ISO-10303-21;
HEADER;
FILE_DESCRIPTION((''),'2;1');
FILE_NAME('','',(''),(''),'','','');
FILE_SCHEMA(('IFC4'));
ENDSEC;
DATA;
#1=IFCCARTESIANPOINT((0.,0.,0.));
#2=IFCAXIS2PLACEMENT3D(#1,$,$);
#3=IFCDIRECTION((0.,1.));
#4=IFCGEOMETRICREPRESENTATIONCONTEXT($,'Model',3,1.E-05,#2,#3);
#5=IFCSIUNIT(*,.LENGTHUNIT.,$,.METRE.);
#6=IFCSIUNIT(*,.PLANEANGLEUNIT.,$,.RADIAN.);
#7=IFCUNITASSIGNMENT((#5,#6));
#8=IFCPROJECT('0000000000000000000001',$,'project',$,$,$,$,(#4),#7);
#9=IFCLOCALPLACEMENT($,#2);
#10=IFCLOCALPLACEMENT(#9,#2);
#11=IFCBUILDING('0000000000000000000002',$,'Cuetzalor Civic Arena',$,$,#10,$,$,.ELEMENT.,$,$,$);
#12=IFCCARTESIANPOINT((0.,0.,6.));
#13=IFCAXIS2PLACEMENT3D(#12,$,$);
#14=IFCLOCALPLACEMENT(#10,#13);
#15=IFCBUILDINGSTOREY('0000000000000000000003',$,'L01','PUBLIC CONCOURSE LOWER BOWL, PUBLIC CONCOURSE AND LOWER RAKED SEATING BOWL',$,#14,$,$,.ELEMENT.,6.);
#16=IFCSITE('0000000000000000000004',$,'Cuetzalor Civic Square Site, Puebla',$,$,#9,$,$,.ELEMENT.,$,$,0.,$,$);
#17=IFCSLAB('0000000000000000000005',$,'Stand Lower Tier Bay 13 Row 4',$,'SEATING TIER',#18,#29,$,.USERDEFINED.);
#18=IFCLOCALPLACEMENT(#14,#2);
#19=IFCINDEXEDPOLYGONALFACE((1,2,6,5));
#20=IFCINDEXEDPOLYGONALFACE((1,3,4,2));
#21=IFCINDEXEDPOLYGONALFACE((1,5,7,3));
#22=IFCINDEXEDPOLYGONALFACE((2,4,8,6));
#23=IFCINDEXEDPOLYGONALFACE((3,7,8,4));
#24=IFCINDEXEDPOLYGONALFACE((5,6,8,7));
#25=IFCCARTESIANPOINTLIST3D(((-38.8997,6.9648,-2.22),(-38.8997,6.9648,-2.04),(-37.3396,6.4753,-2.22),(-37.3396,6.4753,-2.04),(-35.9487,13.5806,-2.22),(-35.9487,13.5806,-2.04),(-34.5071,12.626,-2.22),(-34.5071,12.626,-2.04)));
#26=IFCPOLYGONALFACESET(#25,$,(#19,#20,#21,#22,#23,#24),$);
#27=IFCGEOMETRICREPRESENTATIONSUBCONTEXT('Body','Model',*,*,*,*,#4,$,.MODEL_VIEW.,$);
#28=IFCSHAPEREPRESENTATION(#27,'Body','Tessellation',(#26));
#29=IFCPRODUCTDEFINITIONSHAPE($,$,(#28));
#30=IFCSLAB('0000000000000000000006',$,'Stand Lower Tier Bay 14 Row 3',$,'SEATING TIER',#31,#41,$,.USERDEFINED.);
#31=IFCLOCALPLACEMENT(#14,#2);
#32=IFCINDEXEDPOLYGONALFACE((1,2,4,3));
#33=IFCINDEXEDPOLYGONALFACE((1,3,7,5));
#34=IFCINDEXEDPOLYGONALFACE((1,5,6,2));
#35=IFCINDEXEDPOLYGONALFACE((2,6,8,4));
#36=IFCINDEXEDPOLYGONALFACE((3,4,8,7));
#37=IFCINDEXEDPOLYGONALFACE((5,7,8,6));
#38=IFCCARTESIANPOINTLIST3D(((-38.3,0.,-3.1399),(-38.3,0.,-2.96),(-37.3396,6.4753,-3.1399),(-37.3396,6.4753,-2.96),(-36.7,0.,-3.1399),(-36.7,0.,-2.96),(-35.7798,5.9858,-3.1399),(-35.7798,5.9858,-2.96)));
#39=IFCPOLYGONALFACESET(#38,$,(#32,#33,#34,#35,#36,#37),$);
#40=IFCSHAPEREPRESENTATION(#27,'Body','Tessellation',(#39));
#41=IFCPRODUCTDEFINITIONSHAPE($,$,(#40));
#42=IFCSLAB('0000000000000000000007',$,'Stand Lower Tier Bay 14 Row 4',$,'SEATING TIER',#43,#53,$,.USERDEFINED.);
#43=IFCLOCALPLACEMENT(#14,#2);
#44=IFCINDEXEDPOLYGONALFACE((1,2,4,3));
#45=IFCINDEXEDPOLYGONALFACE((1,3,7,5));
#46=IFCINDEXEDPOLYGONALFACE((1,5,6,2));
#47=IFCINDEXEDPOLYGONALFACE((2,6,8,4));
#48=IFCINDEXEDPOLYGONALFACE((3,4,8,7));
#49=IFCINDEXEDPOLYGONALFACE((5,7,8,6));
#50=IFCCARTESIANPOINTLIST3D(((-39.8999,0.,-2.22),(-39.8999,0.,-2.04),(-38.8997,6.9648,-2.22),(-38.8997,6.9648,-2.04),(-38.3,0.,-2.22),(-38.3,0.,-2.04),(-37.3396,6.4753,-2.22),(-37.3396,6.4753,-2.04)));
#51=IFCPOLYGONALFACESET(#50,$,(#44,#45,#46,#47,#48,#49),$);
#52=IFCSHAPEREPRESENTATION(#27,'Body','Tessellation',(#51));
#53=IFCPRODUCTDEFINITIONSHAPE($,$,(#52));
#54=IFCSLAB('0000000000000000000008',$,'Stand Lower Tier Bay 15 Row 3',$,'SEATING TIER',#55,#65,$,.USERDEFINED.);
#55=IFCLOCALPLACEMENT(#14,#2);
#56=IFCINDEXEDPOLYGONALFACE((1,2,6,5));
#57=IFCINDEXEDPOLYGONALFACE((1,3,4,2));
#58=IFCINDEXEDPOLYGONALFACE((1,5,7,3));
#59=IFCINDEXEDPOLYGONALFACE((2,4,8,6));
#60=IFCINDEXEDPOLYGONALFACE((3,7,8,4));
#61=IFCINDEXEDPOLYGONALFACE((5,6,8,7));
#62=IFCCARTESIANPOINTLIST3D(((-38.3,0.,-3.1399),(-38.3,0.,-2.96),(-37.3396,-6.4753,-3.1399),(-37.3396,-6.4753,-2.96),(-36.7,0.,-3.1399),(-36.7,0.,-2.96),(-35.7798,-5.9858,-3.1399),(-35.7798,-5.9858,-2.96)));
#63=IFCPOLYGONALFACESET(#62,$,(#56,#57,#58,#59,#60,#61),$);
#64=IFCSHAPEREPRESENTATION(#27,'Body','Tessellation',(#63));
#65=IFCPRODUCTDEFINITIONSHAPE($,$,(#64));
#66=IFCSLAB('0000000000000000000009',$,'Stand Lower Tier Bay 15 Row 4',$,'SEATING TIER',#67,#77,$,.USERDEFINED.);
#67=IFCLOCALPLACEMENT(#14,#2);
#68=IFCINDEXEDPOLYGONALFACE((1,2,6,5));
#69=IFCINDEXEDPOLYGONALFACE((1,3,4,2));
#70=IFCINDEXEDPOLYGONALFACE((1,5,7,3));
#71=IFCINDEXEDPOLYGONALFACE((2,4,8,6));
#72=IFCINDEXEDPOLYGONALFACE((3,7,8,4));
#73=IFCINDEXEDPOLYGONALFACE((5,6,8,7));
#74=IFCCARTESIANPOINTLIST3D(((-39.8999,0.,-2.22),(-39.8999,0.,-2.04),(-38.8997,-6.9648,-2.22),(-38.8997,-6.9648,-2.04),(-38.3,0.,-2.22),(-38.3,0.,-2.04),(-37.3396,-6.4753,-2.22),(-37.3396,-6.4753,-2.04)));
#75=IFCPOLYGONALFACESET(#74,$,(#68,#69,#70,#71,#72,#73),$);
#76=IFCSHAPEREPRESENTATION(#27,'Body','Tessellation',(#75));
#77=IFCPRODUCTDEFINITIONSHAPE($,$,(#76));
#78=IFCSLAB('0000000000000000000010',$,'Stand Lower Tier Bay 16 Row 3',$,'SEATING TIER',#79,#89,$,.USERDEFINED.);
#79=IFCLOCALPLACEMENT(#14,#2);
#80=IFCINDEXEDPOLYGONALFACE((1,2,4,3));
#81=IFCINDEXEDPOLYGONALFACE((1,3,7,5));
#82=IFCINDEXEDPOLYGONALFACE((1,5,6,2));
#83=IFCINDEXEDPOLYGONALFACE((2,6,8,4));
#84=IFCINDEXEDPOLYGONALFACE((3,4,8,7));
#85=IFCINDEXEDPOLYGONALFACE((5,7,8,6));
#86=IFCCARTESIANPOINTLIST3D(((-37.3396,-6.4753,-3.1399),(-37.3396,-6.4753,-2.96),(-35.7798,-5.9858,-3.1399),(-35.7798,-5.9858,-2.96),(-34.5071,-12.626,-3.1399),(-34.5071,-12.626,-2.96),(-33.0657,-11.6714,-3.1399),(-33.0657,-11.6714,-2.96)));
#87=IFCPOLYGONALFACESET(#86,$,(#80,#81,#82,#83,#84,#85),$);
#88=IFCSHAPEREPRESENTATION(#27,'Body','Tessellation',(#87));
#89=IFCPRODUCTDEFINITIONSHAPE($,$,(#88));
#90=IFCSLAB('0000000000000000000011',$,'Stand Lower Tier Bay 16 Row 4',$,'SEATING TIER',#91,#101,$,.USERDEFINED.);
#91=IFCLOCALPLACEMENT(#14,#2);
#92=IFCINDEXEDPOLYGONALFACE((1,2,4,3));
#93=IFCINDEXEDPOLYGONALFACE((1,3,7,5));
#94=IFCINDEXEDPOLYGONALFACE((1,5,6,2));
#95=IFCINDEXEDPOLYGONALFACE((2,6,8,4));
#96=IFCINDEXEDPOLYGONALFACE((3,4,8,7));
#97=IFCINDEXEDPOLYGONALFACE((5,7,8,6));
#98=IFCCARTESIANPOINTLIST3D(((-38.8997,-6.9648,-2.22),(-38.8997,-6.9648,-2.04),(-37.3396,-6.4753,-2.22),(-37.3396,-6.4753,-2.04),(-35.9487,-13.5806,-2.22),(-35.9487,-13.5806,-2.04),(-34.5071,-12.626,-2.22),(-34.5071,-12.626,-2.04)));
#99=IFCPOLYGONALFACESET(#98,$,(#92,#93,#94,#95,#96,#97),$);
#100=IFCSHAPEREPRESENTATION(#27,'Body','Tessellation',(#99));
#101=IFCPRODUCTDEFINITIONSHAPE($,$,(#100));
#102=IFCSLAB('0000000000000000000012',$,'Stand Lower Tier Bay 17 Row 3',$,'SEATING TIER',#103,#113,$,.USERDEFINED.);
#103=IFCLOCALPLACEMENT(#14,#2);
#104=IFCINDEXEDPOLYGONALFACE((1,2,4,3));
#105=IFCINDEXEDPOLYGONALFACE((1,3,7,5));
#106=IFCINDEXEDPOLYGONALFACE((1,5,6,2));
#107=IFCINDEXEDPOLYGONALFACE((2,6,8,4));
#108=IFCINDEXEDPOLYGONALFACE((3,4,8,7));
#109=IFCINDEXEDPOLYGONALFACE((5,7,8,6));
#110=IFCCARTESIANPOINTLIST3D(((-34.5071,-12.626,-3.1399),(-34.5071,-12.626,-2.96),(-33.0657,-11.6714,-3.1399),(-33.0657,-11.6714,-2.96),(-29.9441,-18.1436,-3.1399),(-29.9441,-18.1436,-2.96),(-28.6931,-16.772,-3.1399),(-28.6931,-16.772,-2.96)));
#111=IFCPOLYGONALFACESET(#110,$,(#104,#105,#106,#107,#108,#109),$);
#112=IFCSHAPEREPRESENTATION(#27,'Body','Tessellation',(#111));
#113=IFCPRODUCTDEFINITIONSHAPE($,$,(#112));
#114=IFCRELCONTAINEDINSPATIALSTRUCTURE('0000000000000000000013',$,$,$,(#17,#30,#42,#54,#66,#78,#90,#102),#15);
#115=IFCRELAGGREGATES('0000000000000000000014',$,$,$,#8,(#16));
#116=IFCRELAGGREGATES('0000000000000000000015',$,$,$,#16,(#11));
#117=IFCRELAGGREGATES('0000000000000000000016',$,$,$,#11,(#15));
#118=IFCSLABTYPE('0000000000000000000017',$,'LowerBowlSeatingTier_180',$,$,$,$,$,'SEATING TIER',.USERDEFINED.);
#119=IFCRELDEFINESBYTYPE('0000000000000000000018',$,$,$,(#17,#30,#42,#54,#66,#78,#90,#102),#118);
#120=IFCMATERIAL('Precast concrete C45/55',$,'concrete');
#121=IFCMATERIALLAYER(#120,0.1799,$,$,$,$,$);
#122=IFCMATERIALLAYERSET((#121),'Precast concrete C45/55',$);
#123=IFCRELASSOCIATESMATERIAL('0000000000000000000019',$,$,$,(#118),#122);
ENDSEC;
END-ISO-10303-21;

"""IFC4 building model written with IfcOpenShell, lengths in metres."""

from ifc_helpers import new_model, si_unit, direction, frame, origin, place, context, subcontext, project, spatial, polyline, outline, extrude, material, layer, layer_set, type_object, element, save


model = new_model("IFC4")

# Units and contexts
model_context = context("Model", 3, precision=1e-05, world=origin(), true_north=direction((0.0, 1.0)))
body_context = subcontext(model_context, "Body", "Model", "MODEL_VIEW")
ifc_project = project(units=[si_unit("LENGTHUNIT", "METRE"), si_unit("PLANEANGLEUNIT", "RADIAN")], contexts=[model_context])

# Site, building, storey
site_placement = place(None, origin())
site = spatial("IfcSite", under=ifc_project, at=site_placement, Name="Cuetzalor Civic Square Site, Puebla", CompositionType="ELEMENT", RefElevation=0.0)
building_placement = place(site_placement, origin())
building = spatial("IfcBuilding", under=site, at=building_placement, Name="Cuetzalor Civic Arena", CompositionType="ELEMENT")
storey_placement = place(building_placement, frame((0.0, 0.0, 6.0)))
storey = spatial("IfcBuildingStorey", under=building, at=storey_placement, Name="L01", Description="PUBLIC CONCOURSE LOWER BOWL, PUBLIC CONCOURSE AND LOWER RAKED SEATING BOWL", CompositionType="ELEMENT", Elevation=6.0)

# Slabs
ifc_material = material(Name="Precast concrete C45/55", Category="concrete")
ifc_layer = layer(ifc_material, 0.1799)
ifc_layer_set = layer_set([ifc_layer], Name="Precast concrete C45/55")
slab_type = type_object("IfcSlabType", Name="LowerBowlSeatingTier_180", ElementType="SEATING TIER", PredefinedType="USERDEFINED", material=ifc_layer_set)
slab_1_placement = place(storey_placement, frame((0.0, 0.0, -2.22)))
element("IfcSlab", 1, at=slab_1_placement, inside=storey, type_object=slab_type, Name="Stand Lower Tier Bay 13 Row 4", ObjectType="SEATING TIER", PredefinedType="USERDEFINED", context=body_context, shape_type="SweptSolid", body=[
    extrude(outline(polyline([(-34.5071, 12.626), (-37.3396, 6.4753), (-38.8997, 6.9648), (-35.9487, 13.5806), (-34.5071, 12.626)])), origin(), (0.0, 0.0, 1.0), 0.1799),
])
slab_2_placement = place(storey_placement, frame((0.0, 0.0, -3.1399)))
element("IfcSlab", 2, at=slab_2_placement, inside=storey, type_object=slab_type, Name="Stand Lower Tier Bay 14 Row 3", ObjectType="SEATING TIER", PredefinedType="USERDEFINED", context=body_context, shape_type="SweptSolid", body=[
    extrude(outline(polyline([(-35.7798, 5.9858), (-36.7, 0.0), (-38.3, 0.0), (-37.3396, 6.4753), (-35.7798, 5.9858)])), origin(), (0.0, 0.0, 1.0), 0.1799),
])
slab_3_placement = place(storey_placement, frame((0.0, 0.0, -2.22)))
element("IfcSlab", 3, at=slab_3_placement, inside=storey, type_object=slab_type, Name="Stand Lower Tier Bay 14 Row 4", ObjectType="SEATING TIER", PredefinedType="USERDEFINED", context=body_context, shape_type="SweptSolid", body=[
    extrude(outline(polyline([(-37.3396, 6.4753), (-38.3, 0.0), (-39.8999, 0.0), (-38.8997, 6.9648), (-37.3396, 6.4753)])), origin(), (0.0, 0.0, 1.0), 0.1799),
])
slab_4_placement = place(storey_placement, frame((0.0, 0.0, -3.1399)))
element("IfcSlab", 4, at=slab_4_placement, inside=storey, type_object=slab_type, Name="Stand Lower Tier Bay 15 Row 3", ObjectType="SEATING TIER", PredefinedType="USERDEFINED", context=body_context, shape_type="SweptSolid", body=[
    extrude(outline(polyline([(-36.7, 0.0), (-35.7798, -5.9858), (-37.3396, -6.4753), (-38.3, 0.0), (-36.7, 0.0)])), origin(), (0.0, 0.0, 1.0), 0.1799),
])
slab_5_placement = place(storey_placement, frame((0.0, 0.0, -2.22)))
element("IfcSlab", 5, at=slab_5_placement, inside=storey, type_object=slab_type, Name="Stand Lower Tier Bay 15 Row 4", ObjectType="SEATING TIER", PredefinedType="USERDEFINED", context=body_context, shape_type="SweptSolid", body=[
    extrude(outline(polyline([(-38.3, 0.0), (-37.3396, -6.4753), (-38.8997, -6.9648), (-39.8999, 0.0), (-38.3, 0.0)])), origin(), (0.0, 0.0, 1.0), 0.1799),
])
slab_6_placement = place(storey_placement, frame((0.0, 0.0, -3.1399)))
element("IfcSlab", 6, at=slab_6_placement, inside=storey, type_object=slab_type, Name="Stand Lower Tier Bay 16 Row 3", ObjectType="SEATING TIER", PredefinedType="USERDEFINED", context=body_context, shape_type="SweptSolid", body=[
    extrude(outline(polyline([(-35.7798, -5.9858), (-33.0657, -11.6714), (-34.5071, -12.626), (-37.3396, -6.4753), (-35.7798, -5.9858)])), origin(), (0.0, 0.0, 1.0), 0.1799),
])
slab_7_placement = place(storey_placement, frame((0.0, 0.0, -2.22)))
element("IfcSlab", 7, at=slab_7_placement, inside=storey, type_object=slab_type, Name="Stand Lower Tier Bay 16 Row 4", ObjectType="SEATING TIER", PredefinedType="USERDEFINED", context=body_context, shape_type="SweptSolid", body=[
    extrude(outline(polyline([(-37.3396, -6.4753), (-34.5071, -12.626), (-35.9487, -13.5806), (-38.8997, -6.9648), (-37.3396, -6.4753)])), origin(), (0.0, 0.0, 1.0), 0.1799),
])
slab_8_placement = place(storey_placement, frame((0.0, 0.0, -3.1399)))
element("IfcSlab", 8, at=slab_8_placement, inside=storey, type_object=slab_type, Name="Stand Lower Tier Bay 17 Row 3", ObjectType="SEATING TIER", PredefinedType="USERDEFINED", context=body_context, shape_type="SweptSolid", body=[
    extrude(outline(polyline([(-33.0657, -11.6714), (-28.6931, -16.772), (-29.9441, -18.1436), (-34.5071, -12.626), (-33.0657, -11.6714)])), origin(), (0.0, 0.0, 1.0), 0.1799),
])

save(model, "model.ifc")
